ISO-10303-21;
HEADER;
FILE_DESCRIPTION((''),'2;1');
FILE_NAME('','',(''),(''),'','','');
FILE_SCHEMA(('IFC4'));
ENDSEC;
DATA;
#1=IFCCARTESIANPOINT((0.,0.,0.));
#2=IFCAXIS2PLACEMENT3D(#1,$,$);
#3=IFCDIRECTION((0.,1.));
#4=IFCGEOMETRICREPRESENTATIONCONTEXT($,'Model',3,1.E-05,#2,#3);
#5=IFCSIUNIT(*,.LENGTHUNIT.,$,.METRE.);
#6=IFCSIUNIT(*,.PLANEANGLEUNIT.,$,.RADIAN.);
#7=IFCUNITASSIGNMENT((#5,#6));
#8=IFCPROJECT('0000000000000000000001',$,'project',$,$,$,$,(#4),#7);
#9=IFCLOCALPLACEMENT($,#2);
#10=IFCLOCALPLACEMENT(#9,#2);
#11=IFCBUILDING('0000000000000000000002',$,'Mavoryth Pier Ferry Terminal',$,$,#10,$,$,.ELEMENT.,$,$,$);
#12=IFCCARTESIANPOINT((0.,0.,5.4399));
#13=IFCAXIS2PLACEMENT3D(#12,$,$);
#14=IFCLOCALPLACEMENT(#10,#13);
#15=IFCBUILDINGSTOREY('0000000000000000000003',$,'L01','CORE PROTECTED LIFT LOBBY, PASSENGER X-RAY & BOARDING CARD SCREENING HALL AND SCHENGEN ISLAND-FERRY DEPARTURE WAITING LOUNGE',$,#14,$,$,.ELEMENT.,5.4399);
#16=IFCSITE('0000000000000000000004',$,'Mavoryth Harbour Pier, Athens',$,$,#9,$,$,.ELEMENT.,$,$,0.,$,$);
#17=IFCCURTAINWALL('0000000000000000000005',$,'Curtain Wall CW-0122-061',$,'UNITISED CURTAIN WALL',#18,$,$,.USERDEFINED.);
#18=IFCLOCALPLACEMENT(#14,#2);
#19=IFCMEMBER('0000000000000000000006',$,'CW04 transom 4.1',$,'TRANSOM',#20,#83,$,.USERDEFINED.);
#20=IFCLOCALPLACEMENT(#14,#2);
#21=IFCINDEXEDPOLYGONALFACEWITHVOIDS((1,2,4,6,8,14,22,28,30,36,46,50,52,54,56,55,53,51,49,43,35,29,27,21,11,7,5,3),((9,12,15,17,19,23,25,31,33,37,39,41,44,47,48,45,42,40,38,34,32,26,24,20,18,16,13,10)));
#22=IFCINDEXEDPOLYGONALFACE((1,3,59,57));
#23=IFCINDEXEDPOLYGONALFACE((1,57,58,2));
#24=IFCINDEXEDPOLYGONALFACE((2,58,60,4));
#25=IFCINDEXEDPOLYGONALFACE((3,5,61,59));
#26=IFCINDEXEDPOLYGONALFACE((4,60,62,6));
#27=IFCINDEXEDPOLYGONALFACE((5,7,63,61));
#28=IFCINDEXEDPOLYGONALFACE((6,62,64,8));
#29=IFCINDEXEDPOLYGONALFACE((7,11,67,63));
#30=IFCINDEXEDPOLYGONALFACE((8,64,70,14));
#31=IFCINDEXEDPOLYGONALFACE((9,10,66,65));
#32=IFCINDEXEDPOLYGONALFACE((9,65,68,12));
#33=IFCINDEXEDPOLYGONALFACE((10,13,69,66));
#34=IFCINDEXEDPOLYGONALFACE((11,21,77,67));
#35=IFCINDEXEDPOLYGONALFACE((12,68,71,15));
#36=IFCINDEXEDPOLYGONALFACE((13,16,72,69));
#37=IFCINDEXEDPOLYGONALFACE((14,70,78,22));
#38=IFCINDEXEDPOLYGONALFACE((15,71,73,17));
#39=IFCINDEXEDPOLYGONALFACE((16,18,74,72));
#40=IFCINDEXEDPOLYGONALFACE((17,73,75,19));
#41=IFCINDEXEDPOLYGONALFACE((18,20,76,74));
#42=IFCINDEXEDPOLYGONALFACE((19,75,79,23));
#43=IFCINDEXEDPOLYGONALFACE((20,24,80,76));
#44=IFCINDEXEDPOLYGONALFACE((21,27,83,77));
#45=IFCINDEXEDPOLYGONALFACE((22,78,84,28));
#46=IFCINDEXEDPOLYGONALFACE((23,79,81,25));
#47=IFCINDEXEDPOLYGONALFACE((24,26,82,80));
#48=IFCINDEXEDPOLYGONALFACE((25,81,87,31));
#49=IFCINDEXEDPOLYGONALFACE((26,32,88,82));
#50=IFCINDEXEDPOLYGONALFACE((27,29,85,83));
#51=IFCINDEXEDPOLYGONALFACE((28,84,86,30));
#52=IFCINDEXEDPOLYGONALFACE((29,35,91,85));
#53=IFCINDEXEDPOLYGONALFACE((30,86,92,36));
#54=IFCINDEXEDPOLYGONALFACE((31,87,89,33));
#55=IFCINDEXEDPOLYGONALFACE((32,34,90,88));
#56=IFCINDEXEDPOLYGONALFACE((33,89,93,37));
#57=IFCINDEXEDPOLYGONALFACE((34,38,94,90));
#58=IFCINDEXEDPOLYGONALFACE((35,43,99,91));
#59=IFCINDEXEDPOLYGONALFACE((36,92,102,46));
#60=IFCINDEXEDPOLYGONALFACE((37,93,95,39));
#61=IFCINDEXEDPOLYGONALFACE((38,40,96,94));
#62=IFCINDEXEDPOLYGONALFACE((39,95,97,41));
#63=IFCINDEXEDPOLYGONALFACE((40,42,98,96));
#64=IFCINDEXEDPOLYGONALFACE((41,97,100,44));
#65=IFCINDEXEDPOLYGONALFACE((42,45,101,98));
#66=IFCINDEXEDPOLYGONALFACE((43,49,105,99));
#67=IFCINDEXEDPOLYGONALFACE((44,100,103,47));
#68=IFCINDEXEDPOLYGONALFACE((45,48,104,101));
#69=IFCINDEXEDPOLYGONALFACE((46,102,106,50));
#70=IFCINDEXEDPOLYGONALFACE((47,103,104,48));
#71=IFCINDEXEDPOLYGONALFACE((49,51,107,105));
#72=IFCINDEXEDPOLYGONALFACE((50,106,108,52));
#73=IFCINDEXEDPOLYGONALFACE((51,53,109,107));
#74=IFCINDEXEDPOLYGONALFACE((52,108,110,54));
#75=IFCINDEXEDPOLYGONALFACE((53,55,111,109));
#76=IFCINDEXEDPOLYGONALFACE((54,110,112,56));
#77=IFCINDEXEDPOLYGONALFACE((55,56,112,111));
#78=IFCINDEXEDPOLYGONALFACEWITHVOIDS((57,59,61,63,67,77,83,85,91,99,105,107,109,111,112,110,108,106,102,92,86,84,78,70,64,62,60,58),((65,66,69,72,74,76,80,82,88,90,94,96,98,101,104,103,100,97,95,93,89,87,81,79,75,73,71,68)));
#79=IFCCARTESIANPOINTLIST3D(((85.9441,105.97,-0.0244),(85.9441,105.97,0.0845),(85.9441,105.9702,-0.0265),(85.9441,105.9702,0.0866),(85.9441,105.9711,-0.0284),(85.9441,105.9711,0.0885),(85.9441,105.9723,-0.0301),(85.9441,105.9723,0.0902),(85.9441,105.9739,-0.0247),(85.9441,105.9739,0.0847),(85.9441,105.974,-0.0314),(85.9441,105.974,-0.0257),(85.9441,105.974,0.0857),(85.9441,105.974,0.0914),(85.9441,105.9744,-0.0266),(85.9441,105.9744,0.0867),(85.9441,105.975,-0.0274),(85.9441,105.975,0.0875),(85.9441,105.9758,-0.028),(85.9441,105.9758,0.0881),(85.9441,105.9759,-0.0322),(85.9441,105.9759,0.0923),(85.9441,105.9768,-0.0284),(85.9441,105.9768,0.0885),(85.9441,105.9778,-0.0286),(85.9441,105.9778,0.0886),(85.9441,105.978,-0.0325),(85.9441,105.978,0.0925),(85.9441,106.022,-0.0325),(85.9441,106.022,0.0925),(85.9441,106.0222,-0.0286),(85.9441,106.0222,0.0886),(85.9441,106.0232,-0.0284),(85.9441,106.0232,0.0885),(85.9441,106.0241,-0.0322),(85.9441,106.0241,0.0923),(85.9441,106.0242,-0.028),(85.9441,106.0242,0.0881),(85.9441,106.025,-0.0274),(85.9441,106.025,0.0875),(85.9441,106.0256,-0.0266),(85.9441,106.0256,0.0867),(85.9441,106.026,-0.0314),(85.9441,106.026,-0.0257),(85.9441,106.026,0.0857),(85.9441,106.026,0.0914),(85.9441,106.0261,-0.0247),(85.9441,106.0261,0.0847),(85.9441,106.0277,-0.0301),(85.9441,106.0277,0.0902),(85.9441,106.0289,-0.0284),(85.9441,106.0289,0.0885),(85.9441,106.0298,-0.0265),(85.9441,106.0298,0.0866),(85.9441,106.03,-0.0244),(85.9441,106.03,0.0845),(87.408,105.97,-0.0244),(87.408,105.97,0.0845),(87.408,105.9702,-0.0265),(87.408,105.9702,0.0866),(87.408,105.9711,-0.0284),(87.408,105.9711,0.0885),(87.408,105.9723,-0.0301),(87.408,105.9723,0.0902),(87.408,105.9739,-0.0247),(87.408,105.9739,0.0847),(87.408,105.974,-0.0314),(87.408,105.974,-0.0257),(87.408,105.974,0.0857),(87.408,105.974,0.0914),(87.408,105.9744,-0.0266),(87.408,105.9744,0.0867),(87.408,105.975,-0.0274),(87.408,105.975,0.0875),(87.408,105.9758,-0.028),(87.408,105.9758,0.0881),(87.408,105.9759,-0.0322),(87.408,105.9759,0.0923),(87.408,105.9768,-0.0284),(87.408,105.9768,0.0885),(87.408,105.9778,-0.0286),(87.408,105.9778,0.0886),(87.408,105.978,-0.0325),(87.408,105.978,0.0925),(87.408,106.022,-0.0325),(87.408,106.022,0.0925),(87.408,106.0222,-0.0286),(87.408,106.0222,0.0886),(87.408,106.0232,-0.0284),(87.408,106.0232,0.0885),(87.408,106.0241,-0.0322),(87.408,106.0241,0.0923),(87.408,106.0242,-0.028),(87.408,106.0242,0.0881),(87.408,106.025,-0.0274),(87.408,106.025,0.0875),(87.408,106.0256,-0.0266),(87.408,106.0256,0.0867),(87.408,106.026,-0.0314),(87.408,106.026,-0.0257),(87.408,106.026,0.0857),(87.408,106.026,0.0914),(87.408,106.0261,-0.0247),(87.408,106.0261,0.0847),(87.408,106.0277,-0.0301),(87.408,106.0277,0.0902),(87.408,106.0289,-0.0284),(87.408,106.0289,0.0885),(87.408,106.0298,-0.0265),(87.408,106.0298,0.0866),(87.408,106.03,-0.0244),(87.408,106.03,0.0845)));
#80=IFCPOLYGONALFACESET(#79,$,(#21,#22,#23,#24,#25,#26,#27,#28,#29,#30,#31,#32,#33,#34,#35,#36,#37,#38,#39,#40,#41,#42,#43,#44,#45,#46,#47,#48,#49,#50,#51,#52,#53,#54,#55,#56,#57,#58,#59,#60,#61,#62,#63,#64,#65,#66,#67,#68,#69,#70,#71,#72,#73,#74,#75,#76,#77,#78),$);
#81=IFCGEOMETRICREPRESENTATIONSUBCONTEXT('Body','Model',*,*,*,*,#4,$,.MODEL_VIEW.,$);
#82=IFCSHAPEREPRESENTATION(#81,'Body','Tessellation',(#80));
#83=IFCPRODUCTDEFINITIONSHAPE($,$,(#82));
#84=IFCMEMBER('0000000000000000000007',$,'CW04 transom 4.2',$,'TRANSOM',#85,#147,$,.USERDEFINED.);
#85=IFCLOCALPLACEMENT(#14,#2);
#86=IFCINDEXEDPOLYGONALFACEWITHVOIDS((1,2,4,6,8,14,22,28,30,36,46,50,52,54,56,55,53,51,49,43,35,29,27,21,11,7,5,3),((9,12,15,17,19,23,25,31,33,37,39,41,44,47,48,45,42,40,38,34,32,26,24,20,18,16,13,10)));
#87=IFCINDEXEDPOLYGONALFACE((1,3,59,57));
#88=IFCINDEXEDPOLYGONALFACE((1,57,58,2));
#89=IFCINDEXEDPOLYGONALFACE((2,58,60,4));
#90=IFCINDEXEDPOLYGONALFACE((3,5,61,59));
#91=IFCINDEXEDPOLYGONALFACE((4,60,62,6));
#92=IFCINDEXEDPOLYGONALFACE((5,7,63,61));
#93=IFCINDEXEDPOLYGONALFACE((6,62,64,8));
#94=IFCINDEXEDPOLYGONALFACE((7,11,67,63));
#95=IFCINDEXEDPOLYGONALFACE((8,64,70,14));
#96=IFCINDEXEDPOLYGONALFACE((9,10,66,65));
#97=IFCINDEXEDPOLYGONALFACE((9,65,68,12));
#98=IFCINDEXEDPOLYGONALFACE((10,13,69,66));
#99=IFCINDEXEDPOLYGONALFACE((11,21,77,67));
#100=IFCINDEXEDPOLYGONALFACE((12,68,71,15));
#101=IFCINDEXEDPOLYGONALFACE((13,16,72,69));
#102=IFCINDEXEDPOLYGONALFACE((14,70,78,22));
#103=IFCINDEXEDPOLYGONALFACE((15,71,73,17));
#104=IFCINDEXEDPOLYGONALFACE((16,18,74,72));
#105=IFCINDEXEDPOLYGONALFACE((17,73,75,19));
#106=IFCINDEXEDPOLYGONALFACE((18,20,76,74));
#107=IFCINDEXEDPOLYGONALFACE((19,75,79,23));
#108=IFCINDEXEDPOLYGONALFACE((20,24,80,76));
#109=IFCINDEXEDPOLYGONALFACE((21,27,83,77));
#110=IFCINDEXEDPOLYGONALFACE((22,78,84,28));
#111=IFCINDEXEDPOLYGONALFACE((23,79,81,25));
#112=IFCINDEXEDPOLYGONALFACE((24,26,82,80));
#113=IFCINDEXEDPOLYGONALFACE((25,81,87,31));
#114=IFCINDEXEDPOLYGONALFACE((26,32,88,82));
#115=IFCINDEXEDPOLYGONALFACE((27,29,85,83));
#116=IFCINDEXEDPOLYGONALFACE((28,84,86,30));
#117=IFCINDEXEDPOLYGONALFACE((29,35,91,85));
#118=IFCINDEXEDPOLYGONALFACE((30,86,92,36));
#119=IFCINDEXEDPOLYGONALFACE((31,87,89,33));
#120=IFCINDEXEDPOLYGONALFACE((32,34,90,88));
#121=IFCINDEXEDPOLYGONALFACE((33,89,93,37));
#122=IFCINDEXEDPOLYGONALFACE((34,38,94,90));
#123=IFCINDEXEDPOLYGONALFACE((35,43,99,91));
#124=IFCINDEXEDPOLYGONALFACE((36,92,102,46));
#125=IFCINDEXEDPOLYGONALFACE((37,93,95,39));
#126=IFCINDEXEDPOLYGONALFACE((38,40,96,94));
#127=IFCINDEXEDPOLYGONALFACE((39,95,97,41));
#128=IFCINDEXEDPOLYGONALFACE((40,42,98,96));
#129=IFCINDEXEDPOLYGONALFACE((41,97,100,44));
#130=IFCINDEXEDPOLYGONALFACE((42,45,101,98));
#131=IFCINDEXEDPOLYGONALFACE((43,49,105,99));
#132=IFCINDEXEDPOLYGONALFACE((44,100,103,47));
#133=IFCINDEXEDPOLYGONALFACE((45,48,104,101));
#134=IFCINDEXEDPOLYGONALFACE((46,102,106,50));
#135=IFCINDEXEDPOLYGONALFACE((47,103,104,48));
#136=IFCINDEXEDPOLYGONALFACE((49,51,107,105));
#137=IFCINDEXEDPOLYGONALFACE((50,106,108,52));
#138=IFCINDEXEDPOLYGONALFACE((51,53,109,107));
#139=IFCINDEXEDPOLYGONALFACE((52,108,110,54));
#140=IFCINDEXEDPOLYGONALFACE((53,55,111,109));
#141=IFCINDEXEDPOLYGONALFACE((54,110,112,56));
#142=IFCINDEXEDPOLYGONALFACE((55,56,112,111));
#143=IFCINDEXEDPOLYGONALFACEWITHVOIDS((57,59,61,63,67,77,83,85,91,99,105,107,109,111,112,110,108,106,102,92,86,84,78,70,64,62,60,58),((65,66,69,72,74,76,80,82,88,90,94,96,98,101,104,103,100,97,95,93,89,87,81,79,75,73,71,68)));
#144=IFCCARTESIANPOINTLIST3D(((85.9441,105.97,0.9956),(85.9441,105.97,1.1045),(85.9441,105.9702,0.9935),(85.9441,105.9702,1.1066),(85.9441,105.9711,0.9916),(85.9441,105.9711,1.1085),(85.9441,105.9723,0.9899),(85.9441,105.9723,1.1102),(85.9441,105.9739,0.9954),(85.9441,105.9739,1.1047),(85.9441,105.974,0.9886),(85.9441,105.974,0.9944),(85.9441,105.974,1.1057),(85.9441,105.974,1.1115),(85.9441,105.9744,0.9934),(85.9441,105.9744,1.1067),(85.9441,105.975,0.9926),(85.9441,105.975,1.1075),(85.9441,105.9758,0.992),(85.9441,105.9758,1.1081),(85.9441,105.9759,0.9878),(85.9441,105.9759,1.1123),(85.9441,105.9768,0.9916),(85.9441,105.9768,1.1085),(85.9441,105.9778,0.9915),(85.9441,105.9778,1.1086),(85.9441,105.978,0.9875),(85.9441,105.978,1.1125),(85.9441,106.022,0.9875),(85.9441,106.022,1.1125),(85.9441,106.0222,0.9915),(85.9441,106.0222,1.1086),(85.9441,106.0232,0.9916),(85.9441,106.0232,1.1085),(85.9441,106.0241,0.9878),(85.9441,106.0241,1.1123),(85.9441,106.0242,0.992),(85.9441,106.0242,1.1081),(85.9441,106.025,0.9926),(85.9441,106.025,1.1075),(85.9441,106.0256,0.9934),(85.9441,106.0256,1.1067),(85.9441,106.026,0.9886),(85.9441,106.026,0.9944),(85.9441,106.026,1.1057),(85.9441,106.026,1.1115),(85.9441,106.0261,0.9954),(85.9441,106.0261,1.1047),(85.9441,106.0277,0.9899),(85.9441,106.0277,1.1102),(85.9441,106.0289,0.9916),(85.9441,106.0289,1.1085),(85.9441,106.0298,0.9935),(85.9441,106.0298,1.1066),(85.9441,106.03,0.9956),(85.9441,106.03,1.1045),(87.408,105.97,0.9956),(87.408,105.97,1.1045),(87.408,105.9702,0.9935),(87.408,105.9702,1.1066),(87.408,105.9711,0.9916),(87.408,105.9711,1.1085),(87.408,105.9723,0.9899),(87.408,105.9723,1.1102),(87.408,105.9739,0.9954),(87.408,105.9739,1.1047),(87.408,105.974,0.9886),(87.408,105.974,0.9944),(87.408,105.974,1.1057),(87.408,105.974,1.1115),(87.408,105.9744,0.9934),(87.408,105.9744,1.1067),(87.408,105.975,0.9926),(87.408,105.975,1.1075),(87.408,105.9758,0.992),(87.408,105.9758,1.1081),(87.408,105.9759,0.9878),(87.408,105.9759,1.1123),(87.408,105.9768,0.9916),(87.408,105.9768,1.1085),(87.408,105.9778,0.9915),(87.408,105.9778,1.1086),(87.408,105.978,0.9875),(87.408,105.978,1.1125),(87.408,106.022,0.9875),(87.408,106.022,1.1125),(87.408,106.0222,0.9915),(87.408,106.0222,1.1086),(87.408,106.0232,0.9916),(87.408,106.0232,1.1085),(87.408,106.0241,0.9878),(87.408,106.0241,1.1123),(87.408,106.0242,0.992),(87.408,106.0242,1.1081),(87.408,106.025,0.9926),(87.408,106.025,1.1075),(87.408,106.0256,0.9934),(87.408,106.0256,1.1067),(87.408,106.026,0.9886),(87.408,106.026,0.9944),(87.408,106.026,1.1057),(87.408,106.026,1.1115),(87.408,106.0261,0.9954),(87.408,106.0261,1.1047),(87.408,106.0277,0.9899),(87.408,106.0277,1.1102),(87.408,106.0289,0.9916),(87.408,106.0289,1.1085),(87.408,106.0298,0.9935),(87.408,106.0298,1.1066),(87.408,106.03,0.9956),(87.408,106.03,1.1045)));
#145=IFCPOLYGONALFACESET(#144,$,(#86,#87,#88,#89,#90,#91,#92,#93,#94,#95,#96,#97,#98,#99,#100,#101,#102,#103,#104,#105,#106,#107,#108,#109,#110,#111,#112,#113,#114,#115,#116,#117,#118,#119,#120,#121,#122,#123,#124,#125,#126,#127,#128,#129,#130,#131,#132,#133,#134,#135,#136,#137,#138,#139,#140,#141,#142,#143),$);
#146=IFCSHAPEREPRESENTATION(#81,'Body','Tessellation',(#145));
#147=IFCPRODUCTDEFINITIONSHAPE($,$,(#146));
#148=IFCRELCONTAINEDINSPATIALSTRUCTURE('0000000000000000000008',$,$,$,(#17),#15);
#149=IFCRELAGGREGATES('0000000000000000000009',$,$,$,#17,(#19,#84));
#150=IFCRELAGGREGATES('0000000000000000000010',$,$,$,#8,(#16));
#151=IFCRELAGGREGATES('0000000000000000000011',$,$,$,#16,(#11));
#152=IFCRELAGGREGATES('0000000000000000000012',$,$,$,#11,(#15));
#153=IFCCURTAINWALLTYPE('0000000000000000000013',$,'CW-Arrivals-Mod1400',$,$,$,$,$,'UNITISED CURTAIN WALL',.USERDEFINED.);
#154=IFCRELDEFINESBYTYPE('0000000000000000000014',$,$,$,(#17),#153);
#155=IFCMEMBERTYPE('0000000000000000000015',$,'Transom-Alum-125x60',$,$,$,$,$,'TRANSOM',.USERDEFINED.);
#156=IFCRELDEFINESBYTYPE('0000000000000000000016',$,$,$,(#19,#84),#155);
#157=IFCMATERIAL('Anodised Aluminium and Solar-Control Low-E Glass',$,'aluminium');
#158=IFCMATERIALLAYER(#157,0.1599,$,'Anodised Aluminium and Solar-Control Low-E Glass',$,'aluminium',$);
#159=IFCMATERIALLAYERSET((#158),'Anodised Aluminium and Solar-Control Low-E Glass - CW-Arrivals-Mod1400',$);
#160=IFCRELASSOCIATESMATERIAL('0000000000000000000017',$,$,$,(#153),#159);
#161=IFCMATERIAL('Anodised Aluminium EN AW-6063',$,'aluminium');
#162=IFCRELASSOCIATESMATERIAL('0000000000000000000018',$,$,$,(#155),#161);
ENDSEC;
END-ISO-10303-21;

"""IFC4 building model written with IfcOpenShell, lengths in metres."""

from ifc_helpers import new_model, si_unit, direction, frame, origin, origin_2d, place, context, subcontext, project, spatial, hollow_rectangle, extrude, material, layer, layer_set, material_profile, profile_set, type_object, element, aggregate, save


model = new_model("IFC4")

# Units and contexts
model_context = context("Model", 3, precision=1e-05, world=origin(), true_north=direction((0.0, 1.0)))
body_context = subcontext(model_context, "Body", "Model", "MODEL_VIEW")
ifc_project = project(units=[si_unit("LENGTHUNIT", "METRE"), si_unit("PLANEANGLEUNIT", "RADIAN")], contexts=[model_context])

# Site, building, storey
site_placement = place(None, origin())
site = spatial("IfcSite", under=ifc_project, at=site_placement, Name="Mavoryth Harbour Pier, Athens", CompositionType="ELEMENT", RefElevation=0.0)
building_placement = place(site_placement, origin())
building = spatial("IfcBuilding", under=site, at=building_placement, Name="Mavoryth Pier Ferry Terminal", CompositionType="ELEMENT")
storey_placement = place(building_placement, frame((0.0, 0.0, 5.4399)))
storey = spatial("IfcBuildingStorey", under=building, at=storey_placement, Name="L01", Description="CORE PROTECTED LIFT LOBBY, PASSENGER X-RAY & BOARDING CARD SCREENING HALL AND SCHENGEN ISLAND-FERRY DEPARTURE WAITING LOUNGE", CompositionType="ELEMENT", Elevation=5.4399)

# Curtain wall, members
ifc_material_1 = material(Name="Anodised Aluminium and Solar-Control Low-E Glass", Category="aluminium")
ifc_layer_1 = layer(ifc_material_1, 0.1599, Name="Anodised Aluminium and Solar-Control Low-E Glass", Category="aluminium")
ifc_layer_set_1 = layer_set([ifc_layer_1], Name="Anodised Aluminium and Solar-Control Low-E Glass - CW-Arrivals-Mod1400")
curtain_wall_type = type_object("IfcCurtainWallType", Name="CW-Arrivals-Mod1400", ElementType="UNITISED CURTAIN WALL", PredefinedType="USERDEFINED", material=ifc_layer_set_1)
curtain_wall_placement = place(storey_placement, origin())
curtain_wall = element("IfcCurtainWall", 1, at=curtain_wall_placement, inside=storey, type_object=curtain_wall_type, Name="Curtain Wall CW-0122-061", ObjectType="UNITISED CURTAIN WALL", PredefinedType="USERDEFINED")
ifc_material_2 = material(Name="Anodised Aluminium EN AW-6063", Category="aluminium")
ifc_material_profile_1 = material_profile(ifc_material_2, hollow_rectangle(XDim=0.0601, YDim=0.125, WallThickness=0.0039, InnerFilletRadius=0.0039, OuterFilletRadius=0.0081, at=origin_2d()), Name="AL-TRAN 125x60x4", Category="aluminium")
ifc_profile_set_1 = profile_set([ifc_material_profile_1], Name="Anodised Aluminium EN AW-6063 - AL-TRAN 125x60x4")
member_type_1 = type_object("IfcMemberType", Name="Transom-Alum-125x60", ElementType="TRANSOM", PredefinedType="USERDEFINED", material=ifc_profile_set_1)
member_1_placement = place(storey_placement, frame((87.408, 106.0, 0.03), z_axis=(-1.0, 0.0, 0.0), x_axis=(0.0, -1.0, 0.0)))
member_1 = element("IfcMember", 2, at=member_1_placement, type_object=member_type_1, Name="CW04 transom 4.1", ObjectType="TRANSOM", PredefinedType="USERDEFINED", context=body_context, shape_type="SweptSolid", body=[
    extrude(hollow_rectangle(XDim=0.0601, YDim=0.125, WallThickness=0.0039, InnerFilletRadius=0.0039, OuterFilletRadius=0.0081, at=origin_2d()), origin(), (0.0, 0.0, 1.0), 1.4639),
])
member_2_placement = place(storey_placement, frame((87.408, 106.0, 1.05), z_axis=(-1.0, 0.0, 0.0), x_axis=(0.0, -1.0, 0.0)))
member_2 = element("IfcMember", 3, at=member_2_placement, type_object=member_type_1, Name="CW04 transom 4.2", ObjectType="TRANSOM", PredefinedType="USERDEFINED", context=body_context, shape_type="SweptSolid", body=[
    extrude(hollow_rectangle(XDim=0.0601, YDim=0.125, WallThickness=0.0039, InnerFilletRadius=0.0039, OuterFilletRadius=0.0081, at=origin_2d()), origin(), (0.0, 0.0, 1.0), 1.4639),
])
aggregate(curtain_wall, [member_1, member_2])

save(model, "model.ifc")
